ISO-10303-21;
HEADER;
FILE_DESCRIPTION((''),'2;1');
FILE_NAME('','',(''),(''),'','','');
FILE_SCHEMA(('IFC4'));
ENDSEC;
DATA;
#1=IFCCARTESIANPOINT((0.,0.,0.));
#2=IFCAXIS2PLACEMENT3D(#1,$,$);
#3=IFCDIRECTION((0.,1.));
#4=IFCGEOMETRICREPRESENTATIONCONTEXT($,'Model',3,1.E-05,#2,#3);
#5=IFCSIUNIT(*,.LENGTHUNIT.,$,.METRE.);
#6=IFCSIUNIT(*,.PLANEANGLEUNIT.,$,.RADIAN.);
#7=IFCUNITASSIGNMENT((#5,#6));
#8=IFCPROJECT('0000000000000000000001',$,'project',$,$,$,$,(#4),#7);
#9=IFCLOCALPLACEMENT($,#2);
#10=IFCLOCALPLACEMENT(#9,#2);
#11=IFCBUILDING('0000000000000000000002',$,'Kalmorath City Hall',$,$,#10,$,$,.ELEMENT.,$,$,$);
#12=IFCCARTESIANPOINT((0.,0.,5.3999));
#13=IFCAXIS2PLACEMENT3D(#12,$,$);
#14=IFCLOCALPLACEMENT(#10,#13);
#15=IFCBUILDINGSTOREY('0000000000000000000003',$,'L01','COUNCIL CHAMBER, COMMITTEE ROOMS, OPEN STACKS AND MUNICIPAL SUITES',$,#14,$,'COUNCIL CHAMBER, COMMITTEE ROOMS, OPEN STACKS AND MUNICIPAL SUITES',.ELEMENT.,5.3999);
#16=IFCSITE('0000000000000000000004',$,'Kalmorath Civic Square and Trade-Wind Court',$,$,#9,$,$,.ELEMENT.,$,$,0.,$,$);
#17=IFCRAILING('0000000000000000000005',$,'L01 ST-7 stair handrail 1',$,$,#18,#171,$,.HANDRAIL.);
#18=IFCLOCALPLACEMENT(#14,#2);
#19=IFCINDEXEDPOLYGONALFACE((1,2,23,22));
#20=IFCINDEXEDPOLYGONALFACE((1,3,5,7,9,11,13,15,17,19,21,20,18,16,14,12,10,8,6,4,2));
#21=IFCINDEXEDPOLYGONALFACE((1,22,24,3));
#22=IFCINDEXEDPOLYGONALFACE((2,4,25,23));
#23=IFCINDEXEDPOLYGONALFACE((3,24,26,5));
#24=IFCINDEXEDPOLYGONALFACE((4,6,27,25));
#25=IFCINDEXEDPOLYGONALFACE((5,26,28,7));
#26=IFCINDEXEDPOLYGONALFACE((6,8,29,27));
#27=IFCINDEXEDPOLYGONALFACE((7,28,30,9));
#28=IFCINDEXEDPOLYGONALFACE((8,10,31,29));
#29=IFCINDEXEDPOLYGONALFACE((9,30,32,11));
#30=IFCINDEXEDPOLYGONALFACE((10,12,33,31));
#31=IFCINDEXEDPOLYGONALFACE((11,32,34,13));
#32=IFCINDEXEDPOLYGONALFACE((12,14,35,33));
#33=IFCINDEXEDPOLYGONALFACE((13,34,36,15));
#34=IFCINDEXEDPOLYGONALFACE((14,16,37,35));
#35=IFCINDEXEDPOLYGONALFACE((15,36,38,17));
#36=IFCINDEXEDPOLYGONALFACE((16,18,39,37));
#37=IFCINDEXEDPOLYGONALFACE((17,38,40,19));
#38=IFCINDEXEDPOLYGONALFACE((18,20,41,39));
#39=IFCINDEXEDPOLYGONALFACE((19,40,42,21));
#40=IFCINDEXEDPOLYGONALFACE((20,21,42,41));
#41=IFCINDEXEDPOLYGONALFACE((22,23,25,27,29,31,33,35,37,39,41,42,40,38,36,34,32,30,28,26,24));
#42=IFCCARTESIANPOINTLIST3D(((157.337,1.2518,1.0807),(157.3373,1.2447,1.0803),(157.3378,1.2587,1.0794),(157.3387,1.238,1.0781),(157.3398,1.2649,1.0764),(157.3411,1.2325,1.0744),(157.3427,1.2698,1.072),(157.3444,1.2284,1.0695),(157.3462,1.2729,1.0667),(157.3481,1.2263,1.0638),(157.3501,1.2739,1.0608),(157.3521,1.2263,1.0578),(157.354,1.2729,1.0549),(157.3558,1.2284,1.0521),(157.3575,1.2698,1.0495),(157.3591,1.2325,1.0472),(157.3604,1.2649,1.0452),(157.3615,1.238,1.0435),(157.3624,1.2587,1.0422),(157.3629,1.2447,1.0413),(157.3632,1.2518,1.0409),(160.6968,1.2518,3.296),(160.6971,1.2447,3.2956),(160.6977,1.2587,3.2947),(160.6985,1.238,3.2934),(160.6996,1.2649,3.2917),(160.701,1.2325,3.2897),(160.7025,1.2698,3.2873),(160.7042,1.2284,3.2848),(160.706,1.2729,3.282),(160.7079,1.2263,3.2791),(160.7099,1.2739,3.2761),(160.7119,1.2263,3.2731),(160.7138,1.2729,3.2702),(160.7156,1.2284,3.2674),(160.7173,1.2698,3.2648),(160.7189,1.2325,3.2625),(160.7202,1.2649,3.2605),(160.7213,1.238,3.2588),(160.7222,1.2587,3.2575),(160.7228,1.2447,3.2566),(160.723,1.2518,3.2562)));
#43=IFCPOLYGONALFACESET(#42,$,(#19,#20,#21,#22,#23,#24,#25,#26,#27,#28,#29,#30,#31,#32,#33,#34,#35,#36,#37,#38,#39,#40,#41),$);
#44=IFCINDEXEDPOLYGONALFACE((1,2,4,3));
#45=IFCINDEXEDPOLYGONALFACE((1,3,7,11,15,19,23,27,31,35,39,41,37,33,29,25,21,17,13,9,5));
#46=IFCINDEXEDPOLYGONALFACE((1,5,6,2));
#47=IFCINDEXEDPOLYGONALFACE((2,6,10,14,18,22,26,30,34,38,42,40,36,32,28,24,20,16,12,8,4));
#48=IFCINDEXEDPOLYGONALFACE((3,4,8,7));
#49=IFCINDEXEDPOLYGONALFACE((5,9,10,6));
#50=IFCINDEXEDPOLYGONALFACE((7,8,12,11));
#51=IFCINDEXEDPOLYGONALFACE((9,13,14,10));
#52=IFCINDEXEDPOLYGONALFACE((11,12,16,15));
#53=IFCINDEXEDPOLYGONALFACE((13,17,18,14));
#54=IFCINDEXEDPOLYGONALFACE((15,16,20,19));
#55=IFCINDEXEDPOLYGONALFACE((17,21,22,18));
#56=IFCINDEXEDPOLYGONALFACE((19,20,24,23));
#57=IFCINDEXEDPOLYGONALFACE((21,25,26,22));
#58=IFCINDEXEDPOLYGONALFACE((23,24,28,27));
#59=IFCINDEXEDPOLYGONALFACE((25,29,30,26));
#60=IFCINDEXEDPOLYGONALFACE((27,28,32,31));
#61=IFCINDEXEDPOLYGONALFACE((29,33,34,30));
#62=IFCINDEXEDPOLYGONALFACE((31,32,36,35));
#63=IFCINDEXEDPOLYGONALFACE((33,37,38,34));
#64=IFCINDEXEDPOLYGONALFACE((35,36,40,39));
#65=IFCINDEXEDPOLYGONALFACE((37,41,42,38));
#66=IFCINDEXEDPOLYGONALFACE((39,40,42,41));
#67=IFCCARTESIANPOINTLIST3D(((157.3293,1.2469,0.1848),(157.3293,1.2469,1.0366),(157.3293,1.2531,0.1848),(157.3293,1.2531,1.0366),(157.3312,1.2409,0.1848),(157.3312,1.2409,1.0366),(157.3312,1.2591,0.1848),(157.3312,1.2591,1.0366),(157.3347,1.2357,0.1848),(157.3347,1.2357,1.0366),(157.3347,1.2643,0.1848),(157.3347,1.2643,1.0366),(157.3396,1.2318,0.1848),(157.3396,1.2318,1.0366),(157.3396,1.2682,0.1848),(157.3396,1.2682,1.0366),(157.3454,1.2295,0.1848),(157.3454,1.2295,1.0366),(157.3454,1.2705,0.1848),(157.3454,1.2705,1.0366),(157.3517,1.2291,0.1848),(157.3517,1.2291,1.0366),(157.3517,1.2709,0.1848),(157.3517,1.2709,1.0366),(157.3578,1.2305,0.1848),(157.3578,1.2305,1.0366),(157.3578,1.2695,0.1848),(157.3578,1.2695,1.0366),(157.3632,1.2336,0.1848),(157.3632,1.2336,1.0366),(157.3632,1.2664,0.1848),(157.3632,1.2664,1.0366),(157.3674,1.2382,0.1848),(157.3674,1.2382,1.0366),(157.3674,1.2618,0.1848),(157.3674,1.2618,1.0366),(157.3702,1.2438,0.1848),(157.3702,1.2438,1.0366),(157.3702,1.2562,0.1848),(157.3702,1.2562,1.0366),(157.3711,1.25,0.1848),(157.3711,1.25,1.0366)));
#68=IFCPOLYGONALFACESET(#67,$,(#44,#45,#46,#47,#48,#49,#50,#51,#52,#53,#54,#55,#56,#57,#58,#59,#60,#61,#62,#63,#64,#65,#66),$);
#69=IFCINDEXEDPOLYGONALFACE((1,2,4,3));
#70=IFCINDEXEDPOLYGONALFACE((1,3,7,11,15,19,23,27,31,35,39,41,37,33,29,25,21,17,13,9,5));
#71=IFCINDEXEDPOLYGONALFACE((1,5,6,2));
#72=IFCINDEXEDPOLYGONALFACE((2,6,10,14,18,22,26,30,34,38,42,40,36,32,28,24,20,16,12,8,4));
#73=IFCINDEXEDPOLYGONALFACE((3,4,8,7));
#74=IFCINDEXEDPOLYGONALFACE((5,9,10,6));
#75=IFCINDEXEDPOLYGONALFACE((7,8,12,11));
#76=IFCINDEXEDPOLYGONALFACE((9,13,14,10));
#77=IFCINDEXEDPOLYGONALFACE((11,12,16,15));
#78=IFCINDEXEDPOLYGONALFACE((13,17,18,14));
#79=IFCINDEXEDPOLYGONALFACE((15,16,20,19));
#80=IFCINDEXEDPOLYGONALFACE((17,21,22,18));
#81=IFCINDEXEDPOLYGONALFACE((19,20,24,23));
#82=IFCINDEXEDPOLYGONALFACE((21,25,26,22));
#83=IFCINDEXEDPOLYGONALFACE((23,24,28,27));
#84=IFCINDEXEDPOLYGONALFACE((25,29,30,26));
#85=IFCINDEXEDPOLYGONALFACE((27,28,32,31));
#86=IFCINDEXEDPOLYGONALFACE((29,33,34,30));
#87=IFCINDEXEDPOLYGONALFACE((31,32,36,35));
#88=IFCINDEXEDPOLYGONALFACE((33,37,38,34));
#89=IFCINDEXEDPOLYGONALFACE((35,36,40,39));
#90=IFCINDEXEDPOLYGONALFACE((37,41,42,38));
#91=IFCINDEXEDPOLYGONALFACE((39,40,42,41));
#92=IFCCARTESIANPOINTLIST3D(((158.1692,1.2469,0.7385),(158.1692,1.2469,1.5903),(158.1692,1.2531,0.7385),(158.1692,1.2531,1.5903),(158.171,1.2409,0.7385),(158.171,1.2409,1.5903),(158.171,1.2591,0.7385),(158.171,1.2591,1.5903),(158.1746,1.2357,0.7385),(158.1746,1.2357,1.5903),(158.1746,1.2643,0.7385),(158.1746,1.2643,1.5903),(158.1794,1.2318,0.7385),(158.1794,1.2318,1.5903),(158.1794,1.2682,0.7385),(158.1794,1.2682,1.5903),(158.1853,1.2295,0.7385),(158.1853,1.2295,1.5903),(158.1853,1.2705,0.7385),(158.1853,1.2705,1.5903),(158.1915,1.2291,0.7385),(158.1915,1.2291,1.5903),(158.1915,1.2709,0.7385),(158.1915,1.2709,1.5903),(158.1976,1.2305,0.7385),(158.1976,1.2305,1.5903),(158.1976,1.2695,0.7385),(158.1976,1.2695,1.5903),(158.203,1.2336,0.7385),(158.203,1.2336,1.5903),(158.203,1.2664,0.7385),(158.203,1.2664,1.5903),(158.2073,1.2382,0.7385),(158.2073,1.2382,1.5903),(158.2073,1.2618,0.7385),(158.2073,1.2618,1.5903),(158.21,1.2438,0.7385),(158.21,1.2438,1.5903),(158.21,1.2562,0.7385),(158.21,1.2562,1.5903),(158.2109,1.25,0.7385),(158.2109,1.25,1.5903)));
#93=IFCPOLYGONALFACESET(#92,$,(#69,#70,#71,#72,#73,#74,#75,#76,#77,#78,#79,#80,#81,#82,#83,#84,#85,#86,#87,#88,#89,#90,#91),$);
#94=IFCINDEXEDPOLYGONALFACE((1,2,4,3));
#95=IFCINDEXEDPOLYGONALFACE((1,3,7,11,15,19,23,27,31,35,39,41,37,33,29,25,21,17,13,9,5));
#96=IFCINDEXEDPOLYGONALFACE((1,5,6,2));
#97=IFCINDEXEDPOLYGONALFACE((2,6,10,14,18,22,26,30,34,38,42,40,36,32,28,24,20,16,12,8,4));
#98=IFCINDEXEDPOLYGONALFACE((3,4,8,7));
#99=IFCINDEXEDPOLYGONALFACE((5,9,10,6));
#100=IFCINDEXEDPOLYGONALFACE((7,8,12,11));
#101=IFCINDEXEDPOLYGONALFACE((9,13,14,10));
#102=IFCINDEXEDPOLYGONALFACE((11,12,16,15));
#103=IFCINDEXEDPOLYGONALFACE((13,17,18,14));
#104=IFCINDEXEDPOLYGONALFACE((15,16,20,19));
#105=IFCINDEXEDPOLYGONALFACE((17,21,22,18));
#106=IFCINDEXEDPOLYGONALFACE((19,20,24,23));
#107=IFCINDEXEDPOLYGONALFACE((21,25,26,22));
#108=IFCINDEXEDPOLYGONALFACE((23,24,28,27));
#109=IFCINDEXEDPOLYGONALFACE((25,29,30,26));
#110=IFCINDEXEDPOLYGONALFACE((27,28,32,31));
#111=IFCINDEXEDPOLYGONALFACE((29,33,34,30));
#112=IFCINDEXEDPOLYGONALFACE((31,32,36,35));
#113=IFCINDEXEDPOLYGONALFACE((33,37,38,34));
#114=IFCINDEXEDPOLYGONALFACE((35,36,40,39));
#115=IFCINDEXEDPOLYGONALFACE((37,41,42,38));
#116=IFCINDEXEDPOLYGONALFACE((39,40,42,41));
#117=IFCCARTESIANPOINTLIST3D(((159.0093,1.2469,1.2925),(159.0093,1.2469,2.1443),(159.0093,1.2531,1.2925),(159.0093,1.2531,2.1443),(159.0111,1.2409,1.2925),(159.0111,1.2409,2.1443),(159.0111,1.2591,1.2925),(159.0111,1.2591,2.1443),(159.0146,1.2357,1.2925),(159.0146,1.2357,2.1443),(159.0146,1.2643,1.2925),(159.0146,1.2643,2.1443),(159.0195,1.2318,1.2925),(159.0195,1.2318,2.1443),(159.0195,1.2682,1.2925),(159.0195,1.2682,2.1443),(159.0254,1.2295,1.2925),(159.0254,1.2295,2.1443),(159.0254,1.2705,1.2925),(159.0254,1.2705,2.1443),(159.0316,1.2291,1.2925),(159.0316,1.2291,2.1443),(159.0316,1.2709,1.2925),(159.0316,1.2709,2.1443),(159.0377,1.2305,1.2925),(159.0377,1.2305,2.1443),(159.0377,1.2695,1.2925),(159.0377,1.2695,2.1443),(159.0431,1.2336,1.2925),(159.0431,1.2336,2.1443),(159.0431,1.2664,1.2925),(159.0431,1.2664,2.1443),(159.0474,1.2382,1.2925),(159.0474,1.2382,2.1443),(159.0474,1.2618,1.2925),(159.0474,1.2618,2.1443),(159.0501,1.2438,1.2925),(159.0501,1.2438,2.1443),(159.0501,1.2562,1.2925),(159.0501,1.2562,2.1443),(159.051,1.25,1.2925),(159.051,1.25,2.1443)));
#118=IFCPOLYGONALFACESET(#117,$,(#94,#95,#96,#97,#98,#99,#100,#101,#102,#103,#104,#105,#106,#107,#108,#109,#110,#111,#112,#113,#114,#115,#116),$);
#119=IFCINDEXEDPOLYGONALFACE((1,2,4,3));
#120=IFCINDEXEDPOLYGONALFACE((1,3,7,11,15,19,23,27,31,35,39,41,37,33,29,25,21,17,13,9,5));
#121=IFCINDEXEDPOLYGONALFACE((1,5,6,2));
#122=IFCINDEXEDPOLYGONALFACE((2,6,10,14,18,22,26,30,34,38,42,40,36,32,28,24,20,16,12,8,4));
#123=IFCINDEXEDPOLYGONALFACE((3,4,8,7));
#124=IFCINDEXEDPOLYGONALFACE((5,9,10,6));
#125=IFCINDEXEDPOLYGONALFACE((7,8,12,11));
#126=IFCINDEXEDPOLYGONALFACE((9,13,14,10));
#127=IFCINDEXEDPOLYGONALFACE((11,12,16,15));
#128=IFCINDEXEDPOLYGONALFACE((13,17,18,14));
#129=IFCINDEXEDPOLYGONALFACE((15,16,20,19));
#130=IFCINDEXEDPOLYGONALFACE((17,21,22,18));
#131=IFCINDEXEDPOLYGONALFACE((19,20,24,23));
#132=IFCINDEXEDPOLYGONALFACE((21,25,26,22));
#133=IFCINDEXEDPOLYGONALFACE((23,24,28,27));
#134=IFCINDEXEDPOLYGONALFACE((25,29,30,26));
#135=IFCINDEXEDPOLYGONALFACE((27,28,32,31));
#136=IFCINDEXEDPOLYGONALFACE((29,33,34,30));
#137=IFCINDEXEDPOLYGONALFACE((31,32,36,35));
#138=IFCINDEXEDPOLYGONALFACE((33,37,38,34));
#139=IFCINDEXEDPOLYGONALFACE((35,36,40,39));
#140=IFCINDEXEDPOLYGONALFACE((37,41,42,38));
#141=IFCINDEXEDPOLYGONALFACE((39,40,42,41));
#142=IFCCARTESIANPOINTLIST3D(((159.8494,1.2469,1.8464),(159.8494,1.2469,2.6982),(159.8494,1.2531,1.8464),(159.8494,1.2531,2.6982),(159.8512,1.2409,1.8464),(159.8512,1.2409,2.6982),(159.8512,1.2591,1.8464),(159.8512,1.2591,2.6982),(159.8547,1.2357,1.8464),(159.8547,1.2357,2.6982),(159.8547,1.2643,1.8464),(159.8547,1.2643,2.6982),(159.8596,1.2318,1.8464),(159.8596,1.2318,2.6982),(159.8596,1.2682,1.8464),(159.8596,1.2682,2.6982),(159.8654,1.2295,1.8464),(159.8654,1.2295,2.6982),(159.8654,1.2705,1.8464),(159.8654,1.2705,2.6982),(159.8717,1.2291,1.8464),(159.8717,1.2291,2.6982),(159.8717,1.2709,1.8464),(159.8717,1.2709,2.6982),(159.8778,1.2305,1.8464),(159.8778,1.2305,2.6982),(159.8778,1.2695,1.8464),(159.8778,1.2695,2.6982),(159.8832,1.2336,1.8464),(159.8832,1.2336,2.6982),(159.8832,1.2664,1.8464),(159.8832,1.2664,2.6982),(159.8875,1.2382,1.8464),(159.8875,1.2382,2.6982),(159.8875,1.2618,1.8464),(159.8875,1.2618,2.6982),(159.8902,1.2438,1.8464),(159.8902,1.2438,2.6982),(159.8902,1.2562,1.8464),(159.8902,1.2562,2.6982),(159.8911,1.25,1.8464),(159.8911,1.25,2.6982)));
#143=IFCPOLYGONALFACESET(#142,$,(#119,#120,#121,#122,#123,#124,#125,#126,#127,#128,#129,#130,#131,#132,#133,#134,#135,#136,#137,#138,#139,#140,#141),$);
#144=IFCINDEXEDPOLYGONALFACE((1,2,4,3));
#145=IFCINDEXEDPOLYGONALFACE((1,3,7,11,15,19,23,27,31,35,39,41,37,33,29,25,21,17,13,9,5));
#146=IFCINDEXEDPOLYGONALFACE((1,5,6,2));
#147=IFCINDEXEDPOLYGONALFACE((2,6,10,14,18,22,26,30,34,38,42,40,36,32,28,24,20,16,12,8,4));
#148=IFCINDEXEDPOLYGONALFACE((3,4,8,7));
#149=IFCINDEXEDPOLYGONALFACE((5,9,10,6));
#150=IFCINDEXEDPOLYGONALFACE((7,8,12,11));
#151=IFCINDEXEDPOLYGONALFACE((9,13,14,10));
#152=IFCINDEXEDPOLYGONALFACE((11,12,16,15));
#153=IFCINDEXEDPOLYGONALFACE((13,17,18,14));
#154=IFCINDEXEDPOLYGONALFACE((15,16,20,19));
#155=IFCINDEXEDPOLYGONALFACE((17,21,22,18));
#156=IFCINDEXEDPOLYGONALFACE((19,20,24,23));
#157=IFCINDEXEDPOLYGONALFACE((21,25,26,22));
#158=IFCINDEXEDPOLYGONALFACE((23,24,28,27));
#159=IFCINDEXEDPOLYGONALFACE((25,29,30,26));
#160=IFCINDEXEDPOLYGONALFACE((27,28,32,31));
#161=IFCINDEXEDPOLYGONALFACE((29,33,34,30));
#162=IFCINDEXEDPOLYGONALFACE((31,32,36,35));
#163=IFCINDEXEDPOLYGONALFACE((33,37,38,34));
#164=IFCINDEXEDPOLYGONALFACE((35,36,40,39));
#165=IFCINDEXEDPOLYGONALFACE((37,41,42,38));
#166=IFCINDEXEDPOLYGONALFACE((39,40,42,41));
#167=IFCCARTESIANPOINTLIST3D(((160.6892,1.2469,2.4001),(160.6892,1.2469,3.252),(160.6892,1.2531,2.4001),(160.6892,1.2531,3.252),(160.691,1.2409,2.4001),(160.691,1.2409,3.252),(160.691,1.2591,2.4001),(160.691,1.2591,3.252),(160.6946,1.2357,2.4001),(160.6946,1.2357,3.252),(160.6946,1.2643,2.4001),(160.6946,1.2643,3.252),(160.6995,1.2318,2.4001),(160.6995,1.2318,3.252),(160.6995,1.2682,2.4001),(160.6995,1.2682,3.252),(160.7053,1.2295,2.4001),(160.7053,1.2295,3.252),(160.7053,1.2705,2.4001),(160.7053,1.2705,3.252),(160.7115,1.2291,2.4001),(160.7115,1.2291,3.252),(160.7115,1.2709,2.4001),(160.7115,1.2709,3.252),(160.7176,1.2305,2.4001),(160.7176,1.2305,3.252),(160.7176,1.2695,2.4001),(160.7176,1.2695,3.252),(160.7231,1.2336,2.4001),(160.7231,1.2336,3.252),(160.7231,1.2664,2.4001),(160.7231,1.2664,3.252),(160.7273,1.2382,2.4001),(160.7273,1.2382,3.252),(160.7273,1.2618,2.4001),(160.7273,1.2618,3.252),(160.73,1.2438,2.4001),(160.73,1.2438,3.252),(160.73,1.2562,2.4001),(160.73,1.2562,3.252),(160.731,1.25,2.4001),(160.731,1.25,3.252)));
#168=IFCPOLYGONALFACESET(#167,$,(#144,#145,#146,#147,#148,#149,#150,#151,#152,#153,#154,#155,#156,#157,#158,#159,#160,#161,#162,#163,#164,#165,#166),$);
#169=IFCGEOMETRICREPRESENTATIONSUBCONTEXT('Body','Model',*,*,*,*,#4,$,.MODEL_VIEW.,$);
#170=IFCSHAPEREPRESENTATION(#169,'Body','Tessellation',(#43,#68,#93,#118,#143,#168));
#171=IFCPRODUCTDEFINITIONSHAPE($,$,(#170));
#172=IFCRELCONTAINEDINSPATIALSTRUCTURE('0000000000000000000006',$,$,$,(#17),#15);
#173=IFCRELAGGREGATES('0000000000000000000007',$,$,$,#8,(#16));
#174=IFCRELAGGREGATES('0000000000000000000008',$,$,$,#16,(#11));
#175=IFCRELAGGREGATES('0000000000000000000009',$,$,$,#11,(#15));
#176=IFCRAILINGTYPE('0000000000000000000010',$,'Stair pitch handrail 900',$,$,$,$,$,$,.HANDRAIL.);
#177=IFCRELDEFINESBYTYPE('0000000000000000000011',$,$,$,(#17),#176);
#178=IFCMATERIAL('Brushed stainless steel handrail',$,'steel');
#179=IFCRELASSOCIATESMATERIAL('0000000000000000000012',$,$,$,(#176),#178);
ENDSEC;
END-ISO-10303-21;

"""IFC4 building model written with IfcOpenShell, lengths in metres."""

from ifc_helpers import new_model, si_unit, direction, frame, origin, origin_2d, place, context, subcontext, project, spatial, circle, extrude, material, type_object, element, save


model = new_model("IFC4")

# Units and contexts
model_context = context("Model", 3, precision=1e-05, world=origin(), true_north=direction((0.0, 1.0)))
body_context = subcontext(model_context, "Body", "Model", "MODEL_VIEW")
ifc_project = project(units=[si_unit("LENGTHUNIT", "METRE"), si_unit("PLANEANGLEUNIT", "RADIAN")], contexts=[model_context])

# Site, building, storey
site_placement = place(None, origin())
site = spatial("IfcSite", under=ifc_project, at=site_placement, Name="Kalmorath Civic Square and Trade-Wind Court", CompositionType="ELEMENT", RefElevation=0.0)
building_placement = place(site_placement, origin())
building = spatial("IfcBuilding", under=site, at=building_placement, Name="Kalmorath City Hall", CompositionType="ELEMENT")
storey_placement = place(building_placement, frame((0.0, 0.0, 5.3999)))
storey = spatial("IfcBuildingStorey", under=building, at=storey_placement, Name="L01", Description="COUNCIL CHAMBER, COMMITTEE ROOMS, OPEN STACKS AND MUNICIPAL SUITES", LongName="COUNCIL CHAMBER, COMMITTEE ROOMS, OPEN STACKS AND MUNICIPAL SUITES", CompositionType="ELEMENT", Elevation=5.3999)

# Railing
ifc_material_1 = material(Name="Brushed stainless steel handrail", Category="steel")
railing_type_1 = type_object("IfcRailingType", Name="Stair pitch handrail 900", PredefinedType="HANDRAIL", material=ifc_material_1)
railing_1_placement = place(storey_placement, frame((157.3501, 1.25, 0.1848)))
element("IfcRailing", 1, at=railing_1_placement, inside=storey, type_object=railing_type_1, Name="L01 ST-7 stair handrail 1", PredefinedType="HANDRAIL", context=body_context, shape_type="SweptSolid", body=[
    extrude(circle(Radius=0.0239, at=origin_2d()), frame((0.0, 0.0, 0.876), z_axis=(0.834858, 0.0, 0.550465), x_axis=(0.0, 1.0, 0.0)), (0.0, 0.0, 1.0), 4.0244),
    extrude(circle(Radius=0.021, at=origin_2d()), origin(), (0.0, 0.0, 1.0), 0.8518),
    extrude(circle(Radius=0.021, at=origin_2d()), frame((0.8398, 0.0, 0.5537)), (0.0, 0.0, 1.0), 0.8518),
    extrude(circle(Radius=0.021, at=origin_2d()), frame((1.6799, 0.0, 1.1077)), (0.0, 0.0, 1.0), 0.8518),
    extrude(circle(Radius=0.021, at=origin_2d()), frame((2.52, 0.0, 1.6616)), (0.0, 0.0, 1.0), 0.8518),
    extrude(circle(Radius=0.021, at=origin_2d()), frame((3.3599, 0.0, 2.2153)), (0.0, 0.0, 1.0), 0.8518),
])

save(model, "model.ifc")
